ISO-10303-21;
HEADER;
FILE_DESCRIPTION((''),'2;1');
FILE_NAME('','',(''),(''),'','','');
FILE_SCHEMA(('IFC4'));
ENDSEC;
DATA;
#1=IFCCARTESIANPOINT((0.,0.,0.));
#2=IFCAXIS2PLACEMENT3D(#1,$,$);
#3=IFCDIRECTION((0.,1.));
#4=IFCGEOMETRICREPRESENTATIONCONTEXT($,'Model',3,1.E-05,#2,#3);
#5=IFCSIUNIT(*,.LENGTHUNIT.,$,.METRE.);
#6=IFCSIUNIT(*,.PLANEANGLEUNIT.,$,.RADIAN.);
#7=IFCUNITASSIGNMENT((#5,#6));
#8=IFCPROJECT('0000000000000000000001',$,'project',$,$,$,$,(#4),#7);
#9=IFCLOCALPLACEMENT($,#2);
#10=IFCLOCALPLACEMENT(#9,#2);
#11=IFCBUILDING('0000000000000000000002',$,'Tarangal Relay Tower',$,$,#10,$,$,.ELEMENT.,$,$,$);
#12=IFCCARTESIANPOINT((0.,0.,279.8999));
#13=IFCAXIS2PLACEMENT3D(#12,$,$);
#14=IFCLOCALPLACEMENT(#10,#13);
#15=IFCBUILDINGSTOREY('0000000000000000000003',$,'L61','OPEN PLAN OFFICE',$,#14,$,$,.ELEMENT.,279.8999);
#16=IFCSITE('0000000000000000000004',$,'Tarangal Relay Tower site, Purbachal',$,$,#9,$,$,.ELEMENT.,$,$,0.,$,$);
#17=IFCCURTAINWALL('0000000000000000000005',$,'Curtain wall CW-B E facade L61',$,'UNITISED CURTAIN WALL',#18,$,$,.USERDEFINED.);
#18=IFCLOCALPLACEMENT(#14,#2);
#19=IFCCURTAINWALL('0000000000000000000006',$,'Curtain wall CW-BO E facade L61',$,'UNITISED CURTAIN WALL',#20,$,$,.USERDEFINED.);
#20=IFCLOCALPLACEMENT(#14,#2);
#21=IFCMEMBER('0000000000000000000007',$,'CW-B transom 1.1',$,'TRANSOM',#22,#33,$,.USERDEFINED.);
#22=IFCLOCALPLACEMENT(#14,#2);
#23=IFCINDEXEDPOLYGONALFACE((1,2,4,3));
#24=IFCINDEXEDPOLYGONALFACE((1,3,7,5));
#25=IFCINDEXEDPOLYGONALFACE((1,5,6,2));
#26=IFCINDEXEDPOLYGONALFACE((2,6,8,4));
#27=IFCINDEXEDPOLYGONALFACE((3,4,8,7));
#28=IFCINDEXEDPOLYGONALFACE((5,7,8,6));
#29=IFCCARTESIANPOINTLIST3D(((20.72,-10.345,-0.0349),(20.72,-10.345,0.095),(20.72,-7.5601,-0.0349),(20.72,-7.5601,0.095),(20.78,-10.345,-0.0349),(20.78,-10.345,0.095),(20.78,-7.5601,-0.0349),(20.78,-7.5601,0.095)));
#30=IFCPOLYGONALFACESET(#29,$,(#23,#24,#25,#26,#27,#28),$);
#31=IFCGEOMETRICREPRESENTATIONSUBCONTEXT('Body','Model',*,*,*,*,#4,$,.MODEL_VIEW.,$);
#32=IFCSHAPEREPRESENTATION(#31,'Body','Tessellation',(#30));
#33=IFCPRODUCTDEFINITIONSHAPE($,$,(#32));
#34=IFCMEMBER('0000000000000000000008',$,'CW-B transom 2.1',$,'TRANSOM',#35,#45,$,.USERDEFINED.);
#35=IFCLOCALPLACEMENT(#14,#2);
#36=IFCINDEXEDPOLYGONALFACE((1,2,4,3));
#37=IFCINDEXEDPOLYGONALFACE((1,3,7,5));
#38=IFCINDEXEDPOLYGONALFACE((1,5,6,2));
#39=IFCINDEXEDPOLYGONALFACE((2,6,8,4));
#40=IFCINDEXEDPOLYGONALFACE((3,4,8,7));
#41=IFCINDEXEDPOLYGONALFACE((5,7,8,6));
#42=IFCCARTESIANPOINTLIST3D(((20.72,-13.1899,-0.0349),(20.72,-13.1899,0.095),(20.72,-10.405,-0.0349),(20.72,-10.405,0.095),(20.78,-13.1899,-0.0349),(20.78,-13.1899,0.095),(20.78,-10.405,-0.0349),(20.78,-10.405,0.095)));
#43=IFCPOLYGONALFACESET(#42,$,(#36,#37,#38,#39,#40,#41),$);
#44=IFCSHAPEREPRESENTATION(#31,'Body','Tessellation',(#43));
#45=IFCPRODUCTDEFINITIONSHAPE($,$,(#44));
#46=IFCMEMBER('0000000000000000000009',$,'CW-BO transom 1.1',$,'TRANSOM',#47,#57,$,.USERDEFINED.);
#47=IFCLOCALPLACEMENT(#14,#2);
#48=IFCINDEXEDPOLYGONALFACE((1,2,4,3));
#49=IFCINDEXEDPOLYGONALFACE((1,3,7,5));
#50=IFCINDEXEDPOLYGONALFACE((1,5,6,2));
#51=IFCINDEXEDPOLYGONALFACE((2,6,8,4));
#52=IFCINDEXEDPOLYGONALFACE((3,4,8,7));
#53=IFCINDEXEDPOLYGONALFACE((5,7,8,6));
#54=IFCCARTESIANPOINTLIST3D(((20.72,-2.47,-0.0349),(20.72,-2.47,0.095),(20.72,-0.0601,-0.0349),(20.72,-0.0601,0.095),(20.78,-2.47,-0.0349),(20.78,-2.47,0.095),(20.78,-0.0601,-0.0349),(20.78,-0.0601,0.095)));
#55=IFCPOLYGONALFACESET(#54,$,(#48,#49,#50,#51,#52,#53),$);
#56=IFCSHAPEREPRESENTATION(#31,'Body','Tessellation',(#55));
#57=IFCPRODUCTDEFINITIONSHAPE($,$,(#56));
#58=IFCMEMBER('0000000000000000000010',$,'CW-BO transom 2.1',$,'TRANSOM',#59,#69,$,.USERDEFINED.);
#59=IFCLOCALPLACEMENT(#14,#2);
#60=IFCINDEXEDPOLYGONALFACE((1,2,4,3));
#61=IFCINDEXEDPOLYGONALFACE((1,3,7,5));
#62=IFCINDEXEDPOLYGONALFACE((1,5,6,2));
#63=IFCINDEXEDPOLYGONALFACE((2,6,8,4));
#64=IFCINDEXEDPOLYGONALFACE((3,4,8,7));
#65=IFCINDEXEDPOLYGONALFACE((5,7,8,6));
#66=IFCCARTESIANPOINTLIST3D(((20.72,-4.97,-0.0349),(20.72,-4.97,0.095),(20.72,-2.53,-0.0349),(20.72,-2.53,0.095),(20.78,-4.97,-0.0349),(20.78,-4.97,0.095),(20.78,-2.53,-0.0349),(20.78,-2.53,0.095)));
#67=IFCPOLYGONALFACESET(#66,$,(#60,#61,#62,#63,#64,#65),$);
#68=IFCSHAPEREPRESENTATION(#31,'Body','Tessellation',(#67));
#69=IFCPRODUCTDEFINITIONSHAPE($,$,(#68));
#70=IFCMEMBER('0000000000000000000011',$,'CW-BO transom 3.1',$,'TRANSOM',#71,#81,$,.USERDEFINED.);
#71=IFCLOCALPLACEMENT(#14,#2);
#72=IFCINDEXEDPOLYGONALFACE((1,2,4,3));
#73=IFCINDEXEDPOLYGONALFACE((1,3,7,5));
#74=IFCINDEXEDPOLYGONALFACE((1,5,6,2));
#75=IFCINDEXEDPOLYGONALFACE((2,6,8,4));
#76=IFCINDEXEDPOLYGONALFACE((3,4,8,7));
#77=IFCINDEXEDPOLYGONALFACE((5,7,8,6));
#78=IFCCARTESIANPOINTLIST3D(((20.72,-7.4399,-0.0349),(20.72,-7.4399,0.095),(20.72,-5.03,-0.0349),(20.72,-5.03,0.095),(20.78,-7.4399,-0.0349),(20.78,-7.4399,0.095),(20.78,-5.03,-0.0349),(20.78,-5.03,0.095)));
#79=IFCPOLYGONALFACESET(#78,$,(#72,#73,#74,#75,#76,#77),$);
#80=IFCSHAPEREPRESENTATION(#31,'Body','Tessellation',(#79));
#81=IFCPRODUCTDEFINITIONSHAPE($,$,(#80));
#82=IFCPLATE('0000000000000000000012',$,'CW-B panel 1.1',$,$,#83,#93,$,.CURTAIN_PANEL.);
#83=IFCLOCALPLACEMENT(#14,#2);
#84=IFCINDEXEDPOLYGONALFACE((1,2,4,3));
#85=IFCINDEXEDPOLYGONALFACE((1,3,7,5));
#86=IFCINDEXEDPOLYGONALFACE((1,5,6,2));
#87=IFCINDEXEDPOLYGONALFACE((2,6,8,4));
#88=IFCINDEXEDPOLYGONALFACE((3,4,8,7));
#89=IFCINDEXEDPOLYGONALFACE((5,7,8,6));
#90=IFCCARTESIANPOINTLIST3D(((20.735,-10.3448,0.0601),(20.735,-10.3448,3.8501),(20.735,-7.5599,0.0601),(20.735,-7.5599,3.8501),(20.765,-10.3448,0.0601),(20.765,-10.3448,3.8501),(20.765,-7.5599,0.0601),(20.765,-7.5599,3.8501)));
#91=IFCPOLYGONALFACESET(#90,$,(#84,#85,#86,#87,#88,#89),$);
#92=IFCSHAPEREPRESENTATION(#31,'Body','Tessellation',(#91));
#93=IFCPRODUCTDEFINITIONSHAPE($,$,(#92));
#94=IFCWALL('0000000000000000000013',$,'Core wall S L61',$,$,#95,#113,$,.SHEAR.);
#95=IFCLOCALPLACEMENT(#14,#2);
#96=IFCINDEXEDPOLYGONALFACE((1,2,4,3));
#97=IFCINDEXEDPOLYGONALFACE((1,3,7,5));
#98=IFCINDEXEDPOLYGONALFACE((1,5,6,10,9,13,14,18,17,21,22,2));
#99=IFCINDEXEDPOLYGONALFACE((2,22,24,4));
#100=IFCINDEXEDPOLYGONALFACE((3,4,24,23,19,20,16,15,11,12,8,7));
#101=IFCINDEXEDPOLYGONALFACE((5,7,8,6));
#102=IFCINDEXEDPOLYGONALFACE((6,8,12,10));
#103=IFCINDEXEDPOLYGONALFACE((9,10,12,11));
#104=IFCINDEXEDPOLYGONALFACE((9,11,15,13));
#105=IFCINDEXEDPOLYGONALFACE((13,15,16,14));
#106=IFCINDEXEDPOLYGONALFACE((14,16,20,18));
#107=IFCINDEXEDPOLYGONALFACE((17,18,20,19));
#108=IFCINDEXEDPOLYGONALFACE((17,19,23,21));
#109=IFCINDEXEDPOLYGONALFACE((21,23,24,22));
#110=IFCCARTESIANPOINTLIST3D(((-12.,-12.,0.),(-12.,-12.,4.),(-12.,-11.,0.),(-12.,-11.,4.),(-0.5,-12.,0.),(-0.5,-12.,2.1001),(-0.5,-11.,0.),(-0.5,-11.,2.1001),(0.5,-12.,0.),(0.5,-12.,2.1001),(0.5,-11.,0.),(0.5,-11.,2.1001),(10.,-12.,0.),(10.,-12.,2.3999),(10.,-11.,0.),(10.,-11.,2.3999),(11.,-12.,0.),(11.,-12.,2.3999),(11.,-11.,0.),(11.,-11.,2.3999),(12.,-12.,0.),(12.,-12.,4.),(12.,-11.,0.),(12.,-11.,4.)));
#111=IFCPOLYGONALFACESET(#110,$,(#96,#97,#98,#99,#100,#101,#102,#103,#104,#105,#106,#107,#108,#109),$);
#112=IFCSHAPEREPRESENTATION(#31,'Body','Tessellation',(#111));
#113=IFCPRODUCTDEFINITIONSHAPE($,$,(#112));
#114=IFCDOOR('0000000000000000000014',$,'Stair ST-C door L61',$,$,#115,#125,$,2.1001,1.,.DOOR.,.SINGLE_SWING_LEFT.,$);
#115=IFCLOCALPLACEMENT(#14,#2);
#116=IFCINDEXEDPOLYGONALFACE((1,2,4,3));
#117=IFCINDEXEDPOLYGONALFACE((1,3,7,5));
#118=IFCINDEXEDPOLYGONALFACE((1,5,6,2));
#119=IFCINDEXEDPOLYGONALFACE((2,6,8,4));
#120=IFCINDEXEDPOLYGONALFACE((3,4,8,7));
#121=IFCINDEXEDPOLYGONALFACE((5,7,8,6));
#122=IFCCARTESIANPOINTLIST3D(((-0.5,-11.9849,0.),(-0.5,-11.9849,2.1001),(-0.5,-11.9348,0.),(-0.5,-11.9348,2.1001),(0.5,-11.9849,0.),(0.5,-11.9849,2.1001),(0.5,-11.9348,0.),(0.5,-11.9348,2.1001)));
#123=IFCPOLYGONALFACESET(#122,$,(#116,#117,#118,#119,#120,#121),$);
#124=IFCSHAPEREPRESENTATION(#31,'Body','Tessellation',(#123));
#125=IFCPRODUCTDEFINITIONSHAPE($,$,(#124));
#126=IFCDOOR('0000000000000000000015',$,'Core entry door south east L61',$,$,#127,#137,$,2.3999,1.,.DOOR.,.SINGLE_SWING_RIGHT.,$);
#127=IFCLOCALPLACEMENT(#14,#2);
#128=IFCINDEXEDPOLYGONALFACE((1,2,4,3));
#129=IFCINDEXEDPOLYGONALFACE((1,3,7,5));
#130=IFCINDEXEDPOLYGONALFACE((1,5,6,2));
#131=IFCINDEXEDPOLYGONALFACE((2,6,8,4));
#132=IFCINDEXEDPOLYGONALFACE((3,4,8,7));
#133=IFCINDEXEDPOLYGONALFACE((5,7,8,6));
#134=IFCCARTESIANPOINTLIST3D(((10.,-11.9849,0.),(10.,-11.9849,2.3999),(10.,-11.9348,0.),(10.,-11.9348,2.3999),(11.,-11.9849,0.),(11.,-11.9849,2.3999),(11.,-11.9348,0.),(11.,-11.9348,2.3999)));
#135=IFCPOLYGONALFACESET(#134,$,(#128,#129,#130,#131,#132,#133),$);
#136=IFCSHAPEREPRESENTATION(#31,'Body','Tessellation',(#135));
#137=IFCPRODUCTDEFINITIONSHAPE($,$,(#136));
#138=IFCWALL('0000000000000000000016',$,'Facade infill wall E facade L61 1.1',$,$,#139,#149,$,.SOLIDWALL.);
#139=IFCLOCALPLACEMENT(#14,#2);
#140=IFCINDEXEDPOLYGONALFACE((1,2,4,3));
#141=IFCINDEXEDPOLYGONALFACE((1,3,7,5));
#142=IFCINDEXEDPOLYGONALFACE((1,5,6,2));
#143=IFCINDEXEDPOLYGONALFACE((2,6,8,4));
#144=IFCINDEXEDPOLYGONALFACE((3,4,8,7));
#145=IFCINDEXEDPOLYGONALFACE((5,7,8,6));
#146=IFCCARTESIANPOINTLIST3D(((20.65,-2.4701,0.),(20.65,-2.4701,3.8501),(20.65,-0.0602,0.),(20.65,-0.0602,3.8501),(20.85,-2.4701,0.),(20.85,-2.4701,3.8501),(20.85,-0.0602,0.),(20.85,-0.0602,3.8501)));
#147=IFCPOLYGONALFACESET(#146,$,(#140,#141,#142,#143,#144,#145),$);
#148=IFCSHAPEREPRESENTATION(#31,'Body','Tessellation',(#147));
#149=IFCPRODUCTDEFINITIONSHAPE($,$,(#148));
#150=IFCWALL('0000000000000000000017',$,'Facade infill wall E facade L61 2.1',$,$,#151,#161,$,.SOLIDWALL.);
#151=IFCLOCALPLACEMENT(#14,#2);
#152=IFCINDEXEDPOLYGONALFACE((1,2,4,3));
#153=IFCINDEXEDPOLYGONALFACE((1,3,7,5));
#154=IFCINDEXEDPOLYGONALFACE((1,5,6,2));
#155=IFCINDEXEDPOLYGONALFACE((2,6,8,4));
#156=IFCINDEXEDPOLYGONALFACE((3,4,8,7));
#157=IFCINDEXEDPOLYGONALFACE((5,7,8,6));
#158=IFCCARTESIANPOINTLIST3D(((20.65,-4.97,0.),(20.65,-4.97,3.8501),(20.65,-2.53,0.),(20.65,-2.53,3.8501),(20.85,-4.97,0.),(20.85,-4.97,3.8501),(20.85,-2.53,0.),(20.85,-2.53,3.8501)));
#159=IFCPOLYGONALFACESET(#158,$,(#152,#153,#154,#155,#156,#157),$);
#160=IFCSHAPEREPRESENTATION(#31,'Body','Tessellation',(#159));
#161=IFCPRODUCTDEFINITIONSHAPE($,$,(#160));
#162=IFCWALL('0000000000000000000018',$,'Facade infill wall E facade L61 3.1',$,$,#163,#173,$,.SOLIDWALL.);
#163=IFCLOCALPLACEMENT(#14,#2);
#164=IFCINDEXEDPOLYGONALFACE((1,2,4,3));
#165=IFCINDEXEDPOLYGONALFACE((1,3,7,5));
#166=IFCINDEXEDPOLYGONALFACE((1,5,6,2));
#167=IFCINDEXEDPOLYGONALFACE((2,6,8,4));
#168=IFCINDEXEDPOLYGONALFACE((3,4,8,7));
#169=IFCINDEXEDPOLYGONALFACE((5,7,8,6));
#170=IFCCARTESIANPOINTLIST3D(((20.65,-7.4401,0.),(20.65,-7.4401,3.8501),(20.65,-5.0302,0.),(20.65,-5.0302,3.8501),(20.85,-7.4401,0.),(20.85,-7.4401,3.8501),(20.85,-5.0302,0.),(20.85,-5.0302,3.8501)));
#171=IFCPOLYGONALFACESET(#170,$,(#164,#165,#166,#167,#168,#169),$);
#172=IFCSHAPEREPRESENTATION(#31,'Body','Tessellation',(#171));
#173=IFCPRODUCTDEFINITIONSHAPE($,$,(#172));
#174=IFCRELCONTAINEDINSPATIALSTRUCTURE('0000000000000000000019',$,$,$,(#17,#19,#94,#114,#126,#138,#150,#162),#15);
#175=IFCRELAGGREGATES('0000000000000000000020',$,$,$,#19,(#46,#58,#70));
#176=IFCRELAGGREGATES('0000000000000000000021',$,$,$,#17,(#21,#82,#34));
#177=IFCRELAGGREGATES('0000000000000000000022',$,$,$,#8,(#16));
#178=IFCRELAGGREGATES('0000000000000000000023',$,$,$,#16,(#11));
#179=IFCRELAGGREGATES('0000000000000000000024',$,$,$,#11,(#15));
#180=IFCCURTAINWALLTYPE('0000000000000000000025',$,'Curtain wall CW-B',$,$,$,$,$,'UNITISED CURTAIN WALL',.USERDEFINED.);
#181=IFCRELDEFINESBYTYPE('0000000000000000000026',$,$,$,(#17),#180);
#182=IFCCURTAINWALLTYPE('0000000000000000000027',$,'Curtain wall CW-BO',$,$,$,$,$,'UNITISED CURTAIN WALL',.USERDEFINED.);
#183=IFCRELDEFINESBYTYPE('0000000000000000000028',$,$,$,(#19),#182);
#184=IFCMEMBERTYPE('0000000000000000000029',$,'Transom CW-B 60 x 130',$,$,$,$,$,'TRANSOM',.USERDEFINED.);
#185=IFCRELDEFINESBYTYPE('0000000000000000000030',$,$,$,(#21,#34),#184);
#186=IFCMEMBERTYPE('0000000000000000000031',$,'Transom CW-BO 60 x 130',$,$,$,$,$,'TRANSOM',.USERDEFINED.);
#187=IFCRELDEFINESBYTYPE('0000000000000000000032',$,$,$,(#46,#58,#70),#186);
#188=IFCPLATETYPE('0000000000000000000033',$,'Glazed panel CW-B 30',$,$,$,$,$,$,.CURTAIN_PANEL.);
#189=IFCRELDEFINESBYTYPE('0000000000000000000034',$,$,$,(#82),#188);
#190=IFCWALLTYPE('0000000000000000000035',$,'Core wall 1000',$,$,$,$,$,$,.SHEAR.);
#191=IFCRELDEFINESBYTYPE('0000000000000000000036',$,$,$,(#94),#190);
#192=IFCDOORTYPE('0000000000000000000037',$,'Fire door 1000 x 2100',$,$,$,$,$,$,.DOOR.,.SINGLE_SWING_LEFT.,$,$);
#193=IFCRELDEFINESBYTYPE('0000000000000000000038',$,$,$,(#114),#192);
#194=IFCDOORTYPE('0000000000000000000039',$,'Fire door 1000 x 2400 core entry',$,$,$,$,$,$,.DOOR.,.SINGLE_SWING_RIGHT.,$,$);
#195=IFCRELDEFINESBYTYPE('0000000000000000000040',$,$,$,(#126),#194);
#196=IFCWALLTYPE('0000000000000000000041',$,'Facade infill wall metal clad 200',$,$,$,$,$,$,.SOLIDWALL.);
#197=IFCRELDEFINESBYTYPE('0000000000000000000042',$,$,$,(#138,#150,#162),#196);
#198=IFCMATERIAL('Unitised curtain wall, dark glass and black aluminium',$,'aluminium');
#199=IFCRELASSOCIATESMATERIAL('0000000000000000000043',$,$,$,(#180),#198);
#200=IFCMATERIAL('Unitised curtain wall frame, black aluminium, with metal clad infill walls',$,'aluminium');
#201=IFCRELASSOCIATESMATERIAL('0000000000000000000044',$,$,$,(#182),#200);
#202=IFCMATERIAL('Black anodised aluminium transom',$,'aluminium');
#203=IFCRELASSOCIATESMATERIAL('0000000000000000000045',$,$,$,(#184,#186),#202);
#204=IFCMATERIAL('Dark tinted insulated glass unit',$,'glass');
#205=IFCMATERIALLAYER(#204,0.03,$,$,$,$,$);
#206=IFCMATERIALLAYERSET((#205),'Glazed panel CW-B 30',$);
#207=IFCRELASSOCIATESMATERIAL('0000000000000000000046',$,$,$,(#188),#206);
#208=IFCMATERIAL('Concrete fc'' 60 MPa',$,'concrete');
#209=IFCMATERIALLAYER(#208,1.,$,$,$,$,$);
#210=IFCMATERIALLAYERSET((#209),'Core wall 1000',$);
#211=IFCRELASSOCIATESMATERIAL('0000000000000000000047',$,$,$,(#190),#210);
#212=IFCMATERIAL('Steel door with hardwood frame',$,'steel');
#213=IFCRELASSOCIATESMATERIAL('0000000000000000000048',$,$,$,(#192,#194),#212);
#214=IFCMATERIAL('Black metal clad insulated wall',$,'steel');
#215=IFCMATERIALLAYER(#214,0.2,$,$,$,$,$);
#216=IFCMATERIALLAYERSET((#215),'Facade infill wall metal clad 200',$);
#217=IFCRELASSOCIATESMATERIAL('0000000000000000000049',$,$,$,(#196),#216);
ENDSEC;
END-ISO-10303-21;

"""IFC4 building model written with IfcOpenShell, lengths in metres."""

from ifc_helpers import new_model, si_unit, direction, frame, frame_2d, origin, origin_2d, place, context, subcontext, project, spatial, rectangle, extrude, material, layer, layer_set, material_profile, profile_set, type_object, element, fill, aggregate, save


model = new_model("IFC4")

# Units and contexts
model_context = context("Model", 3, precision=1e-05, world=origin(), true_north=direction((0.0, 1.0)))
body_context = subcontext(model_context, "Body", "Model", "MODEL_VIEW")
ifc_project = project(units=[si_unit("LENGTHUNIT", "METRE"), si_unit("PLANEANGLEUNIT", "RADIAN")], contexts=[model_context])

# Site, building, storey
site_placement = place(None, origin())
site = spatial("IfcSite", under=ifc_project, at=site_placement, Name="Tarangal Relay Tower site, Purbachal", CompositionType="ELEMENT", RefElevation=0.0)
building_placement = place(site_placement, origin())
building = spatial("IfcBuilding", under=site, at=building_placement, Name="Tarangal Relay Tower", CompositionType="ELEMENT")
storey_placement = place(building_placement, frame((0.0, 0.0, 279.8999)))
storey = spatial("IfcBuildingStorey", under=building, at=storey_placement, Name="L61", Description="OPEN PLAN OFFICE", CompositionType="ELEMENT", Elevation=279.8999)

# Curtain walls
ifc_material_1 = material(Name="Unitised curtain wall, dark glass and black aluminium", Category="aluminium")
curtain_wall_type_1 = type_object("IfcCurtainWallType", Name="Curtain wall CW-B", ElementType="UNITISED CURTAIN WALL", PredefinedType="USERDEFINED", material=ifc_material_1)
curtain_wall_1_placement = place(storey_placement, origin())
curtain_wall_1 = element("IfcCurtainWall", 1, at=curtain_wall_1_placement, inside=storey, type_object=curtain_wall_type_1, Name="Curtain wall CW-B E facade L61", ObjectType="UNITISED CURTAIN WALL", PredefinedType="USERDEFINED")
ifc_material_2 = material(Name="Unitised curtain wall frame, black aluminium, with metal clad infill walls", Category="aluminium")
curtain_wall_type_2 = type_object("IfcCurtainWallType", Name="Curtain wall CW-BO", ElementType="UNITISED CURTAIN WALL", PredefinedType="USERDEFINED", material=ifc_material_2)
curtain_wall_2_placement = place(storey_placement, origin())
curtain_wall_2 = element("IfcCurtainWall", 2, at=curtain_wall_2_placement, inside=storey, type_object=curtain_wall_type_2, Name="Curtain wall CW-BO E facade L61", ObjectType="UNITISED CURTAIN WALL", PredefinedType="USERDEFINED")

# Members
ifc_material_3 = material(Name="Black anodised aluminium transom", Category="aluminium")
ifc_material_profile_1 = material_profile(ifc_material_3, rectangle(XDim=0.0601, YDim=0.1299, at=origin_2d()), Name="CW-BT 60X130")
ifc_profile_set_1 = profile_set([ifc_material_profile_1], Name="Black anodised aluminium transom")
member_type_1 = type_object("IfcMemberType", Name="Transom CW-B 60 x 130", ElementType="TRANSOM", PredefinedType="USERDEFINED", material=ifc_profile_set_1)
member_1_placement = place(storey_placement, frame((20.75, -7.5601, 0.03), z_axis=(0.0, -1.0, 0.0), x_axis=(1.0, 0.0, 0.0)))
member_1 = element("IfcMember", 3, at=member_1_placement, type_object=member_type_1, Name="CW-B transom 1.1", ObjectType="TRANSOM", PredefinedType="USERDEFINED", context=body_context, shape_type="SweptSolid", body=[
    extrude(rectangle(XDim=0.0601, YDim=0.1299, at=origin_2d()), origin(), (0.0, 0.0, 1.0), 2.7849),
])
member_2_placement = place(storey_placement, frame((20.75, -10.405, 0.03), z_axis=(0.0, -1.0, 0.0), x_axis=(1.0, 0.0, 0.0)))
member_2 = element("IfcMember", 4, at=member_2_placement, type_object=member_type_1, Name="CW-B transom 2.1", ObjectType="TRANSOM", PredefinedType="USERDEFINED", context=body_context, shape_type="SweptSolid", body=[
    extrude(rectangle(XDim=0.0601, YDim=0.1299, at=origin_2d()), origin(), (0.0, 0.0, 1.0), 2.7849),
])
ifc_material_profile_2 = material_profile(ifc_material_3, rectangle(XDim=0.0601, YDim=0.1299, at=origin_2d()), Name="CW-BOT 60X130")
ifc_profile_set_2 = profile_set([ifc_material_profile_2], Name="Black anodised aluminium transom")
member_type_2 = type_object("IfcMemberType", Name="Transom CW-BO 60 x 130", ElementType="TRANSOM", PredefinedType="USERDEFINED", material=ifc_profile_set_2)
member_3_placement = place(storey_placement, frame((20.75, -0.0601, 0.03), z_axis=(0.0, -1.0, 0.0), x_axis=(1.0, 0.0, 0.0)))
member_3 = element("IfcMember", 5, at=member_3_placement, type_object=member_type_2, Name="CW-BO transom 1.1", ObjectType="TRANSOM", PredefinedType="USERDEFINED", context=body_context, shape_type="SweptSolid", body=[
    extrude(rectangle(XDim=0.0601, YDim=0.1299, at=origin_2d()), origin(), (0.0, 0.0, 1.0), 2.4099),
])
member_4_placement = place(storey_placement, frame((20.75, -2.53, 0.03), z_axis=(0.0, -1.0, 0.0), x_axis=(1.0, 0.0, 0.0)))
member_4 = element("IfcMember", 6, at=member_4_placement, type_object=member_type_2, Name="CW-BO transom 2.1", ObjectType="TRANSOM", PredefinedType="USERDEFINED", context=body_context, shape_type="SweptSolid", body=[
    extrude(rectangle(XDim=0.0601, YDim=0.1299, at=origin_2d()), origin(), (0.0, 0.0, 1.0), 2.4399),
])
member_5_placement = place(storey_placement, frame((20.75, -5.03, 0.03), z_axis=(0.0, -1.0, 0.0), x_axis=(1.0, 0.0, 0.0)))
member_5 = element("IfcMember", 7, at=member_5_placement, type_object=member_type_2, Name="CW-BO transom 3.1", ObjectType="TRANSOM", PredefinedType="USERDEFINED", context=body_context, shape_type="SweptSolid", body=[
    extrude(rectangle(XDim=0.0601, YDim=0.1299, at=origin_2d()), origin(), (0.0, 0.0, 1.0), 2.4099),
])
aggregate(curtain_wall_2, [member_3, member_4, member_5])

# Plate
ifc_material_4 = material(Name="Dark tinted insulated glass unit", Category="glass")
ifc_layer_1 = layer(ifc_material_4, 0.03)
ifc_layer_set_1 = layer_set([ifc_layer_1], Name="Glazed panel CW-B 30")
plate_type = type_object("IfcPlateType", Name="Glazed panel CW-B 30", PredefinedType="CURTAIN_PANEL", material=ifc_layer_set_1)
plate_placement = place(storey_placement, frame((20.75, -8.9524, 0.0601), z_axis=(0.0, 0.0, 1.0), x_axis=(0.0, -1.0, 0.0)))
plate = element("IfcPlate", 8, at=plate_placement, type_object=plate_type, Name="CW-B panel 1.1", PredefinedType="CURTAIN_PANEL", context=body_context, shape_type="SweptSolid", body=[
    extrude(rectangle(XDim=2.7849, YDim=0.03, at=origin_2d()), origin(), (0.0, 0.0, 1.0), 3.79),
])
aggregate(curtain_wall_1, [member_1, plate, member_2])

# Wall, openings, doors
ifc_material_5 = material(Name="Concrete fc' 60 MPa", Category="concrete")
ifc_layer_2 = layer(ifc_material_5, 1.0)
ifc_layer_set_2 = layer_set([ifc_layer_2], Name="Core wall 1000")
wall_type_1 = type_object("IfcWallType", Name="Core wall 1000", PredefinedType="SHEAR", material=ifc_layer_set_2)
wall_1_placement = place(storey_placement, frame((12.0, -11.5, 0.0), z_axis=(0.0, 0.0, 1.0), x_axis=(-1.0, 0.0, 0.0)))
wall_1 = element("IfcWall", 9, at=wall_1_placement, inside=storey, type_object=wall_type_1, Name="Core wall S L61", PredefinedType="SHEAR", context=body_context, shape_type="SweptSolid", body=[
    extrude(rectangle(XDim=24.0, YDim=1.0, at=frame_2d((12.0, 0.0))), origin(), (0.0, 0.0, 1.0), 4.0),
])
opening_1_placement = place(wall_1_placement, frame((11.5, 0.0, 0.0)))
opening_1 = element("IfcOpeningElement", 10, at=opening_1_placement, cuts=wall_1, PredefinedType="OPENING", context=body_context, shape_type="SweptSolid", body=[
    extrude(rectangle(XDim=1.0, YDim=2.1001, at=frame_2d((0.5, 1.05))), frame((0.0, 0.51, 0.0), z_axis=(0.0, -1.0, 0.0), x_axis=(1.0, 0.0, 0.0)), (0.0, 0.0, 1.0), 1.02),
])
opening_2_placement = place(wall_1_placement, frame((1.0, 0.0, 0.0)))
opening_2 = element("IfcOpeningElement", 11, at=opening_2_placement, cuts=wall_1, PredefinedType="OPENING", context=body_context, shape_type="SweptSolid", body=[
    extrude(rectangle(XDim=1.0, YDim=2.3999, at=frame_2d((0.5, 1.2))), frame((0.0, 0.51, 0.0), z_axis=(0.0, -1.0, 0.0), x_axis=(1.0, 0.0, 0.0)), (0.0, 0.0, 1.0), 1.02),
])
ifc_material_6 = material(Name="Steel door with hardwood frame", Category="steel")
door_type_1 = type_object("IfcDoorType", Name="Fire door 1000 x 2100", OperationType="SINGLE_SWING_LEFT", PredefinedType="DOOR", material=ifc_material_6)
door_1_placement = place(opening_1_placement, origin())
door_1 = element("IfcDoor", 12, at=door_1_placement, inside=storey, type_object=door_type_1, Name="Stair ST-C door L61", OperationType="SINGLE_SWING_LEFT", OverallHeight=2.1001, OverallWidth=1.0, PredefinedType="DOOR", context=body_context, shape_type="SweptSolid", body=[
    extrude(rectangle(XDim=1.0, YDim=2.1001, at=frame_2d((0.5, 1.05))), frame((0.0, 0.4849, 0.0), z_axis=(0.0, -1.0, 0.0), x_axis=(1.0, 0.0, 0.0)), (0.0, 0.0, 1.0), 0.05),
])
fill(opening_1, door_1)
door_type_2 = type_object("IfcDoorType", Name="Fire door 1000 x 2400 core entry", OperationType="SINGLE_SWING_RIGHT", PredefinedType="DOOR", material=ifc_material_6)
door_2_placement = place(opening_2_placement, origin())
door_2 = element("IfcDoor", 13, at=door_2_placement, inside=storey, type_object=door_type_2, Name="Core entry door south east L61", OperationType="SINGLE_SWING_RIGHT", OverallHeight=2.3999, OverallWidth=1.0, PredefinedType="DOOR", context=body_context, shape_type="SweptSolid", body=[
    extrude(rectangle(XDim=1.0, YDim=2.3999, at=frame_2d((0.5, 1.2))), frame((0.0, 0.4849, 0.0), z_axis=(0.0, -1.0, 0.0), x_axis=(1.0, 0.0, 0.0)), (0.0, 0.0, 1.0), 0.05),
])
fill(opening_2, door_2)

# Walls
ifc_material_7 = material(Name="Black metal clad insulated wall", Category="steel")
ifc_layer_3 = layer(ifc_material_7, 0.2)
ifc_layer_set_3 = layer_set([ifc_layer_3], Name="Facade infill wall metal clad 200")
wall_type_2 = type_object("IfcWallType", Name="Facade infill wall metal clad 200", PredefinedType="SOLIDWALL", material=ifc_layer_set_3)
wall_2_placement = place(storey_placement, frame((20.75, -0.0601, 0.0), z_axis=(0.0, 0.0, 1.0), x_axis=(0.0, -1.0, 0.0)))
element("IfcWall", 14, at=wall_2_placement, inside=storey, type_object=wall_type_2, Name="Facade infill wall E facade L61 1.1", PredefinedType="SOLIDWALL", context=body_context, shape_type="SweptSolid", body=[
    extrude(rectangle(XDim=2.4099, YDim=0.2, at=frame_2d((1.2051, 0.0))), origin(), (0.0, 0.0, 1.0), 3.8501),
])
wall_3_placement = place(storey_placement, frame((20.75, -2.53, 0.0), z_axis=(0.0, 0.0, 1.0), x_axis=(0.0, -1.0, 0.0)))
element("IfcWall", 15, at=wall_3_placement, inside=storey, type_object=wall_type_2, Name="Facade infill wall E facade L61 2.1", PredefinedType="SOLIDWALL", context=body_context, shape_type="SweptSolid", body=[
    extrude(rectangle(XDim=2.4399, YDim=0.2, at=frame_2d((1.22, 0.0))), origin(), (0.0, 0.0, 1.0), 3.8501),
])
wall_4_placement = place(storey_placement, frame((20.75, -5.03, 0.0), z_axis=(0.0, 0.0, 1.0), x_axis=(0.0, -1.0, 0.0)))
element("IfcWall", 16, at=wall_4_placement, inside=storey, type_object=wall_type_2, Name="Facade infill wall E facade L61 3.1", PredefinedType="SOLIDWALL", context=body_context, shape_type="SweptSolid", body=[
    extrude(rectangle(XDim=2.4099, YDim=0.2, at=frame_2d((1.2051, 0.0))), origin(), (0.0, 0.0, 1.0), 3.8501),
])

save(model, "model.ifc")
